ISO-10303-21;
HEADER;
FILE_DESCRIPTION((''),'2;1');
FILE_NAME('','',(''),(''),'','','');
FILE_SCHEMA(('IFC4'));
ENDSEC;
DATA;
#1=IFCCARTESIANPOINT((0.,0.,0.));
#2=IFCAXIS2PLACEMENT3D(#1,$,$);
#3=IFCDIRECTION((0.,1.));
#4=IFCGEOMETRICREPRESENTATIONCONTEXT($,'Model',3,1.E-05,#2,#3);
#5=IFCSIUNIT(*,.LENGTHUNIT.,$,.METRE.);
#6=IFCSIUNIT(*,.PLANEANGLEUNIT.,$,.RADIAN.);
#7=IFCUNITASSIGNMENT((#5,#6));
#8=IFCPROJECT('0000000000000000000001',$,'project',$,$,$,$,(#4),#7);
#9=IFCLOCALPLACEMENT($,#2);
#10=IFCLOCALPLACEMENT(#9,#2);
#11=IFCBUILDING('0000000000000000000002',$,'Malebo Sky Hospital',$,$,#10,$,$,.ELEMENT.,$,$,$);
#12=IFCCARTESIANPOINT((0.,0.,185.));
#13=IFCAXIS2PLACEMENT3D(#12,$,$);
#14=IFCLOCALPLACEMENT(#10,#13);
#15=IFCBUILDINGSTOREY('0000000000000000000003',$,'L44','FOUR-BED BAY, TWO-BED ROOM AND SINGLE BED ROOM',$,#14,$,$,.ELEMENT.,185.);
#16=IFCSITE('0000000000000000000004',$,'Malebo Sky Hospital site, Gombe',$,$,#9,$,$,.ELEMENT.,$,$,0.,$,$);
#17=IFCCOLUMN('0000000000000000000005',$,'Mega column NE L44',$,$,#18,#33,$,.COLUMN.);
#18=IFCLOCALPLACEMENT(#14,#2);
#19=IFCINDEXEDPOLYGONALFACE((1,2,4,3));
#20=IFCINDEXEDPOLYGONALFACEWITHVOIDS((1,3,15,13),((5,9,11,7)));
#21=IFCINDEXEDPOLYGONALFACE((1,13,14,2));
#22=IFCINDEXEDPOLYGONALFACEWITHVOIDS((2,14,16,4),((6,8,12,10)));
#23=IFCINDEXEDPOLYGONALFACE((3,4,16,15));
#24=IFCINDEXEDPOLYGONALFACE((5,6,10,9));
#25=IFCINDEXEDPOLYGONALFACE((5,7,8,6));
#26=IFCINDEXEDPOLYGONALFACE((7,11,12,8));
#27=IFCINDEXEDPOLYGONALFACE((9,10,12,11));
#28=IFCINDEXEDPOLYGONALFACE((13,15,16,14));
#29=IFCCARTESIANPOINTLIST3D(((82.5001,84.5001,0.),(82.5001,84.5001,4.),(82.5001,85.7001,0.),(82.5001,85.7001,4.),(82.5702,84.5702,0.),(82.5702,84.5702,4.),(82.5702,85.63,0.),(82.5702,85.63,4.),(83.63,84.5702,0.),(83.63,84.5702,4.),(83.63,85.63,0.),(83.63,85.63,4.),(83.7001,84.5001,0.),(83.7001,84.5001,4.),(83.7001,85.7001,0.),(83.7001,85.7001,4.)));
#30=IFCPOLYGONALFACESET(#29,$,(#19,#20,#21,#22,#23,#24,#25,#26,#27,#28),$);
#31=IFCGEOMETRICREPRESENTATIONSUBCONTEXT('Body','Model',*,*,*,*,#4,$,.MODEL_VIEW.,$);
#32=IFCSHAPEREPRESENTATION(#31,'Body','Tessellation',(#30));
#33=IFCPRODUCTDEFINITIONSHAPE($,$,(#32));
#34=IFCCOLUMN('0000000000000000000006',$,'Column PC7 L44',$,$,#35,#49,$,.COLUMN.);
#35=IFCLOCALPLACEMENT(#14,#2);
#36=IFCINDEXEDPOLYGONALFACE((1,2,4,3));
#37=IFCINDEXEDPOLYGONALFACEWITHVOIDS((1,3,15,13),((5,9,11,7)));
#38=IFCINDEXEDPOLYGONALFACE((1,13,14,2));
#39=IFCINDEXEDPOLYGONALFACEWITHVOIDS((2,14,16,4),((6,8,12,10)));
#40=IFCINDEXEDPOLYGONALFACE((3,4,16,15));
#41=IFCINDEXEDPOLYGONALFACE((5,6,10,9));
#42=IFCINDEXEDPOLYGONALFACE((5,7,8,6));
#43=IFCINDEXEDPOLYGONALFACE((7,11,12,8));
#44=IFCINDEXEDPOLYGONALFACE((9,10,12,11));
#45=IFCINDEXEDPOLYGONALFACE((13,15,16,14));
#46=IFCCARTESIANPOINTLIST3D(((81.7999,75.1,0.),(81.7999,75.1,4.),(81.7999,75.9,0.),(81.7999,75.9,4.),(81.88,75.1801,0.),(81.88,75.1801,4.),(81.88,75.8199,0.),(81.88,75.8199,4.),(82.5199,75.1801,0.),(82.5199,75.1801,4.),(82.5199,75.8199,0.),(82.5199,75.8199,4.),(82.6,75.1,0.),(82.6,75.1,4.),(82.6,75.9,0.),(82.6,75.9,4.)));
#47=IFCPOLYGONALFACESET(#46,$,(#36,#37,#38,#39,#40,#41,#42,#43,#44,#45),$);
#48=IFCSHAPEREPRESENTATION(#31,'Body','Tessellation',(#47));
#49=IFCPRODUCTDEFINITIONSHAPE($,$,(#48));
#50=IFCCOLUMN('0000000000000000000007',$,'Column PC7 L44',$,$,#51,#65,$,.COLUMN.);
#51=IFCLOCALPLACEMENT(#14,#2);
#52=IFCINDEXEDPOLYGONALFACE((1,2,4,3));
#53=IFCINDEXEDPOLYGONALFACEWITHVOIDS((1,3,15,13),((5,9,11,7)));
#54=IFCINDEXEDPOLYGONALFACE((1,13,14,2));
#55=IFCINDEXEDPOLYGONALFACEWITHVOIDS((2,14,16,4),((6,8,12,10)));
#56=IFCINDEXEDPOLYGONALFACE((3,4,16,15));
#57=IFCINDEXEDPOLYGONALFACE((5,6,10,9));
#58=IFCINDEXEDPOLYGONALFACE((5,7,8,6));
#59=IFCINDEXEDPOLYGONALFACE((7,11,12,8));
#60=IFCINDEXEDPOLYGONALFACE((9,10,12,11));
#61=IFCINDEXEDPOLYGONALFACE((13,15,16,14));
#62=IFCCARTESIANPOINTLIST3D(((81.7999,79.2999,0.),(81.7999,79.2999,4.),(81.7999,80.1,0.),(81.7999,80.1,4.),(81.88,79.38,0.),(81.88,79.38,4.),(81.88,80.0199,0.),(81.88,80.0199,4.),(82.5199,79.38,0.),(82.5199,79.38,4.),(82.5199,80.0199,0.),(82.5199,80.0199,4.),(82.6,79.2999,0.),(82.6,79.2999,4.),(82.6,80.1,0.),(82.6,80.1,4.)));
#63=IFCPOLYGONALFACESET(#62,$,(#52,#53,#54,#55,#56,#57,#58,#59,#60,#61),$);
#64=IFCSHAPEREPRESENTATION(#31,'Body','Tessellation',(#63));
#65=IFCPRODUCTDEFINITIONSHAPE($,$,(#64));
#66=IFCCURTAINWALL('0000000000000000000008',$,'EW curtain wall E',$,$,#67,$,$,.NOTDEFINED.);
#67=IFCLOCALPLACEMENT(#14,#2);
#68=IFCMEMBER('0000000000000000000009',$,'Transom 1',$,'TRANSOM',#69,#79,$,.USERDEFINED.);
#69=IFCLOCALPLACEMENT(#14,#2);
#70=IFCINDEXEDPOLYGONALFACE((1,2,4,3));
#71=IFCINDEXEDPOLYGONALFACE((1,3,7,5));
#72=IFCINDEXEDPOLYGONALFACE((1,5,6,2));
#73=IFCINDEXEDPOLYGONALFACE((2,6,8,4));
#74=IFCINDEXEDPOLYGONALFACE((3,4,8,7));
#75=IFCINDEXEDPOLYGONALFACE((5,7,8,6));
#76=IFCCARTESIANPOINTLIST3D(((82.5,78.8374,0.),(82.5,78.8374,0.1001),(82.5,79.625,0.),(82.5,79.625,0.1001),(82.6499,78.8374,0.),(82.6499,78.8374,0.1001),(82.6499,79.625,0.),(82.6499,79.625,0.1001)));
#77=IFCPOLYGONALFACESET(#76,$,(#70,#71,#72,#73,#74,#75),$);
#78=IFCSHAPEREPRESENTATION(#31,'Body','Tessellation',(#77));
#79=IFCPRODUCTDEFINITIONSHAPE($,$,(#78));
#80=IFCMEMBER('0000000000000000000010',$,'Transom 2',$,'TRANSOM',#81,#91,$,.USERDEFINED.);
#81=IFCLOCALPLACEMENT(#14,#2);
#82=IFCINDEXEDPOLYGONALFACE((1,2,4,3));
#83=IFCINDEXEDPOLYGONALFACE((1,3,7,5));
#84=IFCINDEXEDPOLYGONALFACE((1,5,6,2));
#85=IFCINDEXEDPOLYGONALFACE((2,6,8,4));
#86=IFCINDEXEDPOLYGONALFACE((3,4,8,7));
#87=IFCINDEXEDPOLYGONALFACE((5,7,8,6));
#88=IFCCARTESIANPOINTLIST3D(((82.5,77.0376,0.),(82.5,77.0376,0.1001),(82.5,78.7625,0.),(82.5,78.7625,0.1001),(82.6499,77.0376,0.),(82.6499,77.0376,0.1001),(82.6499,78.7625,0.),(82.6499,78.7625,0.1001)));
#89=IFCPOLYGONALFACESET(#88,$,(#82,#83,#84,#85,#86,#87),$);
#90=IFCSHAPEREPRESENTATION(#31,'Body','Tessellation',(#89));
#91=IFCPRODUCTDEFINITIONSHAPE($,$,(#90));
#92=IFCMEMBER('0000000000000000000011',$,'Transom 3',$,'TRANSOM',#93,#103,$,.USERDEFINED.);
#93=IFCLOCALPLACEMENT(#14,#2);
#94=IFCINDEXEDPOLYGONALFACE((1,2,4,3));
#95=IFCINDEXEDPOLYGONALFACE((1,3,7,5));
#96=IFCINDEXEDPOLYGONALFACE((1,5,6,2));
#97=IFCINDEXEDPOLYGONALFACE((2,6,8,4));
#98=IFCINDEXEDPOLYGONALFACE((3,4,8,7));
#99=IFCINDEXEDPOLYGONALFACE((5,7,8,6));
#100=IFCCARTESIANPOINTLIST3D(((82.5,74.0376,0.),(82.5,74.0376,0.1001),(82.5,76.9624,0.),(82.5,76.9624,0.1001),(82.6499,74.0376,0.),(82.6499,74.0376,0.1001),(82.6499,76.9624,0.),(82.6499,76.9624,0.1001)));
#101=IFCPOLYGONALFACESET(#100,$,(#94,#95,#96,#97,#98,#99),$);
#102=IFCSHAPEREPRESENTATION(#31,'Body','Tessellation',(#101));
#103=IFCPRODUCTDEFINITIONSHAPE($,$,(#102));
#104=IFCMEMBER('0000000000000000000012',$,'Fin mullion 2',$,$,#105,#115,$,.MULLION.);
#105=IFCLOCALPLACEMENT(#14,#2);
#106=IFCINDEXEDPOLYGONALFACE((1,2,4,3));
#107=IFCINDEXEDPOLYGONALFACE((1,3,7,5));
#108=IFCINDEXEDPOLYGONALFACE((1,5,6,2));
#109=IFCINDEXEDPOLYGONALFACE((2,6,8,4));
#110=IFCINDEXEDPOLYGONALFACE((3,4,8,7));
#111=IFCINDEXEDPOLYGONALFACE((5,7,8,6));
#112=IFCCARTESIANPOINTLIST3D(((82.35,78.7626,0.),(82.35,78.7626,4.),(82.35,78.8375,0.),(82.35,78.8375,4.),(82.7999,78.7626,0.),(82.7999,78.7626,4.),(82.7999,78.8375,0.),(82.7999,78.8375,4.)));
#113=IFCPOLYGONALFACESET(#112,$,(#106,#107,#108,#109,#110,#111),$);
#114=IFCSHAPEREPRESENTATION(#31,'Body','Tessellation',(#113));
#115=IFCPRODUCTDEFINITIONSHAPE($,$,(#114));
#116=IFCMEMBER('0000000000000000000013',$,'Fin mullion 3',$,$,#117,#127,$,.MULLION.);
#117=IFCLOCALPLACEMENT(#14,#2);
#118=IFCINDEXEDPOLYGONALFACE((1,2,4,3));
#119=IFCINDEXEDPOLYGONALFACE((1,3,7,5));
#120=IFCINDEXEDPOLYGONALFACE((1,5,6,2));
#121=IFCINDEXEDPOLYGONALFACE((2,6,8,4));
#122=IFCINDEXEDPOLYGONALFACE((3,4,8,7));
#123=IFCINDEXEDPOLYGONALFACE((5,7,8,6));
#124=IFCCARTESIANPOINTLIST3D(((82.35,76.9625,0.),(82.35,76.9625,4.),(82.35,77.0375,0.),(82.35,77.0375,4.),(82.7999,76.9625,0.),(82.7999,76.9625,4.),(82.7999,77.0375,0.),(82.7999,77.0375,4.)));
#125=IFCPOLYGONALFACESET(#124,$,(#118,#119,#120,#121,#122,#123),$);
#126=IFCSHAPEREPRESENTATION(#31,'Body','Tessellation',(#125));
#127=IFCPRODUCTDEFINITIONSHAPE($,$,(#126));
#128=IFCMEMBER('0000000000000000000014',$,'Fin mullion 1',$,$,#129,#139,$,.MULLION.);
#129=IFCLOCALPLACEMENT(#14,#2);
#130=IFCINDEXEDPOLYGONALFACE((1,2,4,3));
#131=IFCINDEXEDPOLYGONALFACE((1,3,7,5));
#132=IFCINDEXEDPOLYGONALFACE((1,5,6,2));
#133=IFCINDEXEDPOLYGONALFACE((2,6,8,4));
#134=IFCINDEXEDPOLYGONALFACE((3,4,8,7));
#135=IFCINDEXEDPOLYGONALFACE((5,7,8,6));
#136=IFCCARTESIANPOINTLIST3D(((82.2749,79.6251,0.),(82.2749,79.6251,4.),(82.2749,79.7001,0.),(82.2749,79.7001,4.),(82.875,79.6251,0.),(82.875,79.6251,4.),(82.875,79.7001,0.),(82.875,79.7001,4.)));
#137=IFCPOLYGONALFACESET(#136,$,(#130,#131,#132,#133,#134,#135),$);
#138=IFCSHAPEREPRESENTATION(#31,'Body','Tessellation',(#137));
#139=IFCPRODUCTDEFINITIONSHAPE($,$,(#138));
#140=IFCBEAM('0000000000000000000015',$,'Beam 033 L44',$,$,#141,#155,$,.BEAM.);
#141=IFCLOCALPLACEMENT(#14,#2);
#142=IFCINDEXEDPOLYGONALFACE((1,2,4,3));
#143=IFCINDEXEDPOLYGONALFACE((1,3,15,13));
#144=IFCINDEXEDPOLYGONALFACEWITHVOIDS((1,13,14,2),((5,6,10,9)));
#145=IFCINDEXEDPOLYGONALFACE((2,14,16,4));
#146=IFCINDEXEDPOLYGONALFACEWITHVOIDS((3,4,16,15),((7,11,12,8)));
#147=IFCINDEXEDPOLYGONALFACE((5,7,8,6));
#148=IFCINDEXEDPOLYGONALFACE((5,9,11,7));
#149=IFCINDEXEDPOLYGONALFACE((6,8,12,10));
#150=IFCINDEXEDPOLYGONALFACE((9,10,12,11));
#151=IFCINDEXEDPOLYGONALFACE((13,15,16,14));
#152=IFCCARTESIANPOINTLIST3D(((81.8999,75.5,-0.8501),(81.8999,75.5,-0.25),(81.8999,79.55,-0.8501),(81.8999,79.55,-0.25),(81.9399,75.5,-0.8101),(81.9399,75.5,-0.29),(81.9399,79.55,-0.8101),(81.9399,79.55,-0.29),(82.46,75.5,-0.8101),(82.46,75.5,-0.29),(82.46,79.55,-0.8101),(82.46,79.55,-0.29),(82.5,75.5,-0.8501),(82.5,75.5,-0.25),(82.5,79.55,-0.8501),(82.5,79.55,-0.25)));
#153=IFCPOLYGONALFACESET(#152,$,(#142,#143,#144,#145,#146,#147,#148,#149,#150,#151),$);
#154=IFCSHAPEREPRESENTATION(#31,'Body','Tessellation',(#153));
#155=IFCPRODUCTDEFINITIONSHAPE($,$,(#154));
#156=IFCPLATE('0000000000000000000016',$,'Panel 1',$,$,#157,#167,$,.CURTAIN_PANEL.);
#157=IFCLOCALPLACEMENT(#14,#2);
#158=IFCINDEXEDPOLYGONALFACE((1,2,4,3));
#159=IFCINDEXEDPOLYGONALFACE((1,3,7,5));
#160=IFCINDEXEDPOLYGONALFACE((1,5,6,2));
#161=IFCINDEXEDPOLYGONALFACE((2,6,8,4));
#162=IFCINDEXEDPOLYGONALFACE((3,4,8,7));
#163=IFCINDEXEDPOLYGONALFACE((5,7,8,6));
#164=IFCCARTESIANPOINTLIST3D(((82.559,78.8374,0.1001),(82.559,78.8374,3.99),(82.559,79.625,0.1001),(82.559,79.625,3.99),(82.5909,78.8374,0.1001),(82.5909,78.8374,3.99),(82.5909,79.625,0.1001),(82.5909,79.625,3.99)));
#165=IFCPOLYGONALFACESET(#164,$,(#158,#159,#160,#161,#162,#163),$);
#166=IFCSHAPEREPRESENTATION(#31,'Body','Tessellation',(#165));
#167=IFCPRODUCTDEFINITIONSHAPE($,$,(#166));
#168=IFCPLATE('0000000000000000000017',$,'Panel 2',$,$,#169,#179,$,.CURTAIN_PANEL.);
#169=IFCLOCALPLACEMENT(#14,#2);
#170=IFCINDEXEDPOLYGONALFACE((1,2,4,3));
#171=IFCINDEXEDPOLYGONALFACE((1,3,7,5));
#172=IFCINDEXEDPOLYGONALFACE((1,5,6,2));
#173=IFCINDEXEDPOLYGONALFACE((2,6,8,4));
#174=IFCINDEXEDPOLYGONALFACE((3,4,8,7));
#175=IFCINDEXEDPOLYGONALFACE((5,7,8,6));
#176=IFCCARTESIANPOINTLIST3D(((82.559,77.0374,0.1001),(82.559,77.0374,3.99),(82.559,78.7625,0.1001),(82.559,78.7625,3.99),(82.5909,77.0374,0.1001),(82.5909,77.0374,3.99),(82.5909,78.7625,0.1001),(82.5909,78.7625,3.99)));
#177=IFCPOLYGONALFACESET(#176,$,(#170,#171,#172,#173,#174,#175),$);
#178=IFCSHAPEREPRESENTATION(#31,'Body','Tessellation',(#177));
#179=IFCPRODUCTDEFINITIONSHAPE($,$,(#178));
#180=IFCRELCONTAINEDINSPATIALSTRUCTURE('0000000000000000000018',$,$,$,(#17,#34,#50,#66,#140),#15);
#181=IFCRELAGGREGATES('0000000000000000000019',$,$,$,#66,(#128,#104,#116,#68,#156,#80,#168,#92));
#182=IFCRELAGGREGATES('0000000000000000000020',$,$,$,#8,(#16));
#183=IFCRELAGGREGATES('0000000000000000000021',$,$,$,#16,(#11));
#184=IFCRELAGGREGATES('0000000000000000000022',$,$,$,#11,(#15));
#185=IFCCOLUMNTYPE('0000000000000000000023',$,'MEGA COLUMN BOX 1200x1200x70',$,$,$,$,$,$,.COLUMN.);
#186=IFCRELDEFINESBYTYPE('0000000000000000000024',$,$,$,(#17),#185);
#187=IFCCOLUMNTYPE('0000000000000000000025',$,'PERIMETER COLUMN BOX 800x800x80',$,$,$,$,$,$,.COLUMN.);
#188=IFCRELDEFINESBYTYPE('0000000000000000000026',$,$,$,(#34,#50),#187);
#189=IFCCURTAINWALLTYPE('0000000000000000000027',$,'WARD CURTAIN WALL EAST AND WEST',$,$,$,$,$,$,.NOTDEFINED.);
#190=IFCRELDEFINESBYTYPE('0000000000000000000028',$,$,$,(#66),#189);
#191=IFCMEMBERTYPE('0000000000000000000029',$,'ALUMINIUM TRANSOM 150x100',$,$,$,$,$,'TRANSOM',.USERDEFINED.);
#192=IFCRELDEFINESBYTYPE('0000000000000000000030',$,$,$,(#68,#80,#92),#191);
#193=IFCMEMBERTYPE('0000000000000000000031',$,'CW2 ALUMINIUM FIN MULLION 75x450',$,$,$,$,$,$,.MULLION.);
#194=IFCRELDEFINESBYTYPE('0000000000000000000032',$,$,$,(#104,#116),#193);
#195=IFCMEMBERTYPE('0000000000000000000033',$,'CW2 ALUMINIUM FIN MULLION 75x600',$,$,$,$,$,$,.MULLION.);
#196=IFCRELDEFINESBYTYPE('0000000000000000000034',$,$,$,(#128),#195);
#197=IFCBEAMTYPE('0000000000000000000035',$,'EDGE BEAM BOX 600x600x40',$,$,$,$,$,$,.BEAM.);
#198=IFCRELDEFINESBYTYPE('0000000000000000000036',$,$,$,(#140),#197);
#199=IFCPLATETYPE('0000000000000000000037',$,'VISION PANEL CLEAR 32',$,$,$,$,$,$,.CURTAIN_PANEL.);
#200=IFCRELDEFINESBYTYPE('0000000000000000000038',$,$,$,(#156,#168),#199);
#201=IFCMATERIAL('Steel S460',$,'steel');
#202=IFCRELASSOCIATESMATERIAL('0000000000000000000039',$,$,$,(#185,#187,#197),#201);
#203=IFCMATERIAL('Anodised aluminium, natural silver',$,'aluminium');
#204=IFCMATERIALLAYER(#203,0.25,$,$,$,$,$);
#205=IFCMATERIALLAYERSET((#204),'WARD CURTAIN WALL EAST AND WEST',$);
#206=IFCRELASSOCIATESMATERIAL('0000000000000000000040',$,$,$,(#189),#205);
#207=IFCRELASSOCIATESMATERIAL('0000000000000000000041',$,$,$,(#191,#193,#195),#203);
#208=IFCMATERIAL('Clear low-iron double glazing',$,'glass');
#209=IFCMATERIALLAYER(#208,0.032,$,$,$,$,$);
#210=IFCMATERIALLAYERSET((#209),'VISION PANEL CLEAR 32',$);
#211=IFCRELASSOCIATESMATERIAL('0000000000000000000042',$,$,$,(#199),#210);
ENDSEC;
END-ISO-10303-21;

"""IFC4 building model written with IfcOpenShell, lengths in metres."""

from ifc_helpers import new_model, si_unit, direction, frame, origin, origin_2d, place, context, subcontext, project, spatial, rectangle, hollow_rectangle, extrude, material, layer, layer_set, material_profile, profile_set, type_object, element, aggregate, save


model = new_model("IFC4")

# Units and contexts
model_context = context("Model", 3, precision=1e-05, world=origin(), true_north=direction((0.0, 1.0)))
body_context = subcontext(model_context, "Body", "Model", "MODEL_VIEW")
ifc_project = project(units=[si_unit("LENGTHUNIT", "METRE"), si_unit("PLANEANGLEUNIT", "RADIAN")], contexts=[model_context])

# Site, building, storey
site_placement = place(None, origin())
site = spatial("IfcSite", under=ifc_project, at=site_placement, Name="Malebo Sky Hospital site, Gombe", CompositionType="ELEMENT", RefElevation=0.0)
building_placement = place(site_placement, origin())
building = spatial("IfcBuilding", under=site, at=building_placement, Name="Malebo Sky Hospital", CompositionType="ELEMENT")
storey_placement = place(building_placement, frame((0.0, 0.0, 185.0)))
storey = spatial("IfcBuildingStorey", under=building, at=storey_placement, Name="L44", Description="FOUR-BED BAY, TWO-BED ROOM AND SINGLE BED ROOM", CompositionType="ELEMENT", Elevation=185.0)

# Columns
ifc_material_1 = material(Name="Steel S460", Category="steel")
ifc_material_profile_1 = material_profile(ifc_material_1, hollow_rectangle(XDim=1.2, YDim=1.2, WallThickness=0.0701, at=origin_2d()), Name="BOX 1200x1200x70")
ifc_profile_set_1 = profile_set([ifc_material_profile_1], Name="Steel S460")
column_type_1 = type_object("IfcColumnType", Name="MEGA COLUMN BOX 1200x1200x70", PredefinedType="COLUMN", material=ifc_profile_set_1)
column_placement = place(storey_placement, frame((83.1001, 85.1001, 0.0), z_axis=(0.0, 0.0, 1.0), x_axis=(1.0, 0.0, 0.0)))
element("IfcColumn", 1, at=column_placement, inside=storey, type_object=column_type_1, Name="Mega column NE L44", PredefinedType="COLUMN", context=body_context, shape_type="SweptSolid", body=[
    extrude(hollow_rectangle(XDim=1.2, YDim=1.2, WallThickness=0.0701, at=origin_2d()), origin(), (0.0, 0.0, 1.0), 4.0),
])
ifc_material_profile_2 = material_profile(ifc_material_1, hollow_rectangle(XDim=0.8, YDim=0.8, WallThickness=0.0801, at=origin_2d()), Name="BOX 800x800x80")
ifc_profile_set_2 = profile_set([ifc_material_profile_2], Name="Steel S460")
column_type_2 = type_object("IfcColumnType", Name="PERIMETER COLUMN BOX 800x800x80", PredefinedType="COLUMN", material=ifc_profile_set_2)
for number, where, z_axis, x_axis, name in (
    (2, (82.2, 75.5, 0.0), (0.0, 0.0, 1.0), (1.0, 0.0, 0.0), "Column PC7 L44"),
    (3, (82.2, 79.7, 0.0), (0.0, 0.0, 1.0), (1.0, 0.0, 0.0), "Column PC7 L44"),
):
    element("IfcColumn", number, at=place(storey_placement, frame(where, z_axis=z_axis, x_axis=x_axis)), inside=storey, type_object=column_type_2, Name=name, PredefinedType="COLUMN", context=body_context, shape_type="SweptSolid", body=[
        extrude(hollow_rectangle(XDim=0.8, YDim=0.8, WallThickness=0.0801, at=origin_2d()), origin(), (0.0, 0.0, 1.0), 4.0),
    ])

# Curtain wall, members
ifc_material_2 = material(Name="Anodised aluminium, natural silver", Category="aluminium")
ifc_layer_1 = layer(ifc_material_2, 0.25)
ifc_layer_set_1 = layer_set([ifc_layer_1], Name="WARD CURTAIN WALL EAST AND WEST")
curtain_wall_type = type_object("IfcCurtainWallType", Name="WARD CURTAIN WALL EAST AND WEST", PredefinedType="NOTDEFINED", material=ifc_layer_set_1)
curtain_wall_placement = place(storey_placement, origin())
curtain_wall = element("IfcCurtainWall", 4, at=curtain_wall_placement, inside=storey, type_object=curtain_wall_type, Name="EW curtain wall E", PredefinedType="NOTDEFINED")
ifc_material_profile_3 = material_profile(ifc_material_2, rectangle(XDim=0.1499, YDim=0.1001, at=origin_2d()), Name="ALUMINIUM TRANSOM 150x100")
ifc_profile_set_3 = profile_set([ifc_material_profile_3], Name="Anodised aluminium, natural silver")
member_type_1 = type_object("IfcMemberType", Name="ALUMINIUM TRANSOM 150x100", ElementType="TRANSOM", PredefinedType="USERDEFINED", material=ifc_profile_set_3)
member_1_placement = place(storey_placement, frame((82.575, 79.625, 0.05), z_axis=(0.0, -1.0, 0.0), x_axis=(1.0, 0.0, 0.0)))
member_1 = element("IfcMember", 5, at=member_1_placement, type_object=member_type_1, Name="Transom 1", ObjectType="TRANSOM", PredefinedType="USERDEFINED", context=body_context, shape_type="SweptSolid", body=[
    extrude(rectangle(XDim=0.1499, YDim=0.1001, at=origin_2d()), origin(), (0.0, 0.0, 1.0), 0.7876),
])
member_2_placement = place(storey_placement, frame((82.575, 78.7625, 0.05), z_axis=(0.0, -1.0, 0.0), x_axis=(1.0, 0.0, 0.0)))
member_2 = element("IfcMember", 6, at=member_2_placement, type_object=member_type_1, Name="Transom 2", ObjectType="TRANSOM", PredefinedType="USERDEFINED", context=body_context, shape_type="SweptSolid", body=[
    extrude(rectangle(XDim=0.1499, YDim=0.1001, at=origin_2d()), origin(), (0.0, 0.0, 1.0), 1.7249),
])
member_3_placement = place(storey_placement, frame((82.575, 76.9624, 0.05), z_axis=(0.0, -1.0, 0.0), x_axis=(1.0, 0.0, 0.0)))
member_3 = element("IfcMember", 7, at=member_3_placement, type_object=member_type_1, Name="Transom 3", ObjectType="TRANSOM", PredefinedType="USERDEFINED", context=body_context, shape_type="SweptSolid", body=[
    extrude(rectangle(XDim=0.1499, YDim=0.1001, at=origin_2d()), origin(), (0.0, 0.0, 1.0), 2.9248),
])
ifc_material_profile_4 = material_profile(ifc_material_2, rectangle(XDim=0.075, YDim=0.45, at=origin_2d()), Name="CW2 ALUMINIUM FIN MULLION 75x450")
ifc_profile_set_4 = profile_set([ifc_material_profile_4], Name="Anodised aluminium, natural silver")
member_type_2 = type_object("IfcMemberType", Name="CW2 ALUMINIUM FIN MULLION 75x450", PredefinedType="MULLION", material=ifc_profile_set_4)
member_4_placement = place(storey_placement, frame((82.575, 78.8, 0.0), z_axis=(0.0, 0.0, 1.0), x_axis=(0.0, -1.0, 0.0)))
member_4 = element("IfcMember", 8, at=member_4_placement, type_object=member_type_2, Name="Fin mullion 2", PredefinedType="MULLION", context=body_context, shape_type="SweptSolid", body=[
    extrude(rectangle(XDim=0.075, YDim=0.45, at=origin_2d()), origin(), (0.0, 0.0, 1.0), 4.0),
])
member_5_placement = place(storey_placement, frame((82.575, 77.0, 0.0), z_axis=(0.0, 0.0, 1.0), x_axis=(0.0, -1.0, 0.0)))
member_5 = element("IfcMember", 9, at=member_5_placement, type_object=member_type_2, Name="Fin mullion 3", PredefinedType="MULLION", context=body_context, shape_type="SweptSolid", body=[
    extrude(rectangle(XDim=0.075, YDim=0.45, at=origin_2d()), origin(), (0.0, 0.0, 1.0), 4.0),
])
ifc_material_profile_5 = material_profile(ifc_material_2, rectangle(XDim=0.075, YDim=0.6001, at=origin_2d()), Name="CW2 ALUMINIUM FIN MULLION 75x600")
ifc_profile_set_5 = profile_set([ifc_material_profile_5], Name="Anodised aluminium, natural silver")
member_type_3 = type_object("IfcMemberType", Name="CW2 ALUMINIUM FIN MULLION 75x600", PredefinedType="MULLION", material=ifc_profile_set_5)
member_6_placement = place(storey_placement, frame((82.575, 79.6626, 0.0), z_axis=(0.0, 0.0, 1.0), x_axis=(0.0, -1.0, 0.0)))
member_6 = element("IfcMember", 10, at=member_6_placement, type_object=member_type_3, Name="Fin mullion 1", PredefinedType="MULLION", context=body_context, shape_type="SweptSolid", body=[
    extrude(rectangle(XDim=0.075, YDim=0.6001, at=origin_2d()), origin(), (0.0, 0.0, 1.0), 4.0),
])

# Beam
ifc_material_profile_6 = material_profile(ifc_material_1, hollow_rectangle(XDim=0.6001, YDim=0.6001, WallThickness=0.04, at=origin_2d()), Name="BOX 600x600x40")
ifc_profile_set_6 = profile_set([ifc_material_profile_6], Name="Steel S460")
beam_type = type_object("IfcBeamType", Name="EDGE BEAM BOX 600x600x40", PredefinedType="BEAM", material=ifc_profile_set_6)
beam_placement = place(storey_placement, frame((82.2, 75.5, -0.55), z_axis=(0.0, 1.0, 0.0), x_axis=(-1.0, 0.0, 0.0)))
element("IfcBeam", 11, at=beam_placement, inside=storey, type_object=beam_type, Name="Beam 033 L44", PredefinedType="BEAM", context=body_context, shape_type="SweptSolid", body=[
    extrude(hollow_rectangle(XDim=0.6001, YDim=0.6001, WallThickness=0.04, at=origin_2d()), origin(), (0.0, 0.0, 1.0), 4.05),
])

# Plates
ifc_material_3 = material(Name="Clear low-iron double glazing", Category="glass")
ifc_layer_2 = layer(ifc_material_3, 0.032)
ifc_layer_set_2 = layer_set([ifc_layer_2], Name="VISION PANEL CLEAR 32")
plate_type = type_object("IfcPlateType", Name="VISION PANEL CLEAR 32", PredefinedType="CURTAIN_PANEL", material=ifc_layer_set_2)
plate_1_placement = place(storey_placement, frame((82.575, 79.2312, 0.1001), z_axis=(0.0, 0.0, 1.0), x_axis=(0.0, -1.0, 0.0)))
plate_1 = element("IfcPlate", 12, at=plate_1_placement, type_object=plate_type, Name="Panel 1", PredefinedType="CURTAIN_PANEL", context=body_context, shape_type="SweptSolid", body=[
    extrude(rectangle(XDim=0.7876, YDim=0.032, at=origin_2d()), origin(), (0.0, 0.0, 1.0), 3.8899),
])
plate_2_placement = place(storey_placement, frame((82.575, 77.8999, 0.1001), z_axis=(0.0, 0.0, 1.0), x_axis=(0.0, -1.0, 0.0)))
plate_2 = element("IfcPlate", 13, at=plate_2_placement, type_object=plate_type, Name="Panel 2", PredefinedType="CURTAIN_PANEL", context=body_context, shape_type="SweptSolid", body=[
    extrude(rectangle(XDim=1.7251, YDim=0.032, at=origin_2d()), origin(), (0.0, 0.0, 1.0), 3.8899),
])
aggregate(curtain_wall, [member_6, member_4, member_5, member_1, plate_1, member_2, plate_2, member_3])

save(model, "model.ifc")
